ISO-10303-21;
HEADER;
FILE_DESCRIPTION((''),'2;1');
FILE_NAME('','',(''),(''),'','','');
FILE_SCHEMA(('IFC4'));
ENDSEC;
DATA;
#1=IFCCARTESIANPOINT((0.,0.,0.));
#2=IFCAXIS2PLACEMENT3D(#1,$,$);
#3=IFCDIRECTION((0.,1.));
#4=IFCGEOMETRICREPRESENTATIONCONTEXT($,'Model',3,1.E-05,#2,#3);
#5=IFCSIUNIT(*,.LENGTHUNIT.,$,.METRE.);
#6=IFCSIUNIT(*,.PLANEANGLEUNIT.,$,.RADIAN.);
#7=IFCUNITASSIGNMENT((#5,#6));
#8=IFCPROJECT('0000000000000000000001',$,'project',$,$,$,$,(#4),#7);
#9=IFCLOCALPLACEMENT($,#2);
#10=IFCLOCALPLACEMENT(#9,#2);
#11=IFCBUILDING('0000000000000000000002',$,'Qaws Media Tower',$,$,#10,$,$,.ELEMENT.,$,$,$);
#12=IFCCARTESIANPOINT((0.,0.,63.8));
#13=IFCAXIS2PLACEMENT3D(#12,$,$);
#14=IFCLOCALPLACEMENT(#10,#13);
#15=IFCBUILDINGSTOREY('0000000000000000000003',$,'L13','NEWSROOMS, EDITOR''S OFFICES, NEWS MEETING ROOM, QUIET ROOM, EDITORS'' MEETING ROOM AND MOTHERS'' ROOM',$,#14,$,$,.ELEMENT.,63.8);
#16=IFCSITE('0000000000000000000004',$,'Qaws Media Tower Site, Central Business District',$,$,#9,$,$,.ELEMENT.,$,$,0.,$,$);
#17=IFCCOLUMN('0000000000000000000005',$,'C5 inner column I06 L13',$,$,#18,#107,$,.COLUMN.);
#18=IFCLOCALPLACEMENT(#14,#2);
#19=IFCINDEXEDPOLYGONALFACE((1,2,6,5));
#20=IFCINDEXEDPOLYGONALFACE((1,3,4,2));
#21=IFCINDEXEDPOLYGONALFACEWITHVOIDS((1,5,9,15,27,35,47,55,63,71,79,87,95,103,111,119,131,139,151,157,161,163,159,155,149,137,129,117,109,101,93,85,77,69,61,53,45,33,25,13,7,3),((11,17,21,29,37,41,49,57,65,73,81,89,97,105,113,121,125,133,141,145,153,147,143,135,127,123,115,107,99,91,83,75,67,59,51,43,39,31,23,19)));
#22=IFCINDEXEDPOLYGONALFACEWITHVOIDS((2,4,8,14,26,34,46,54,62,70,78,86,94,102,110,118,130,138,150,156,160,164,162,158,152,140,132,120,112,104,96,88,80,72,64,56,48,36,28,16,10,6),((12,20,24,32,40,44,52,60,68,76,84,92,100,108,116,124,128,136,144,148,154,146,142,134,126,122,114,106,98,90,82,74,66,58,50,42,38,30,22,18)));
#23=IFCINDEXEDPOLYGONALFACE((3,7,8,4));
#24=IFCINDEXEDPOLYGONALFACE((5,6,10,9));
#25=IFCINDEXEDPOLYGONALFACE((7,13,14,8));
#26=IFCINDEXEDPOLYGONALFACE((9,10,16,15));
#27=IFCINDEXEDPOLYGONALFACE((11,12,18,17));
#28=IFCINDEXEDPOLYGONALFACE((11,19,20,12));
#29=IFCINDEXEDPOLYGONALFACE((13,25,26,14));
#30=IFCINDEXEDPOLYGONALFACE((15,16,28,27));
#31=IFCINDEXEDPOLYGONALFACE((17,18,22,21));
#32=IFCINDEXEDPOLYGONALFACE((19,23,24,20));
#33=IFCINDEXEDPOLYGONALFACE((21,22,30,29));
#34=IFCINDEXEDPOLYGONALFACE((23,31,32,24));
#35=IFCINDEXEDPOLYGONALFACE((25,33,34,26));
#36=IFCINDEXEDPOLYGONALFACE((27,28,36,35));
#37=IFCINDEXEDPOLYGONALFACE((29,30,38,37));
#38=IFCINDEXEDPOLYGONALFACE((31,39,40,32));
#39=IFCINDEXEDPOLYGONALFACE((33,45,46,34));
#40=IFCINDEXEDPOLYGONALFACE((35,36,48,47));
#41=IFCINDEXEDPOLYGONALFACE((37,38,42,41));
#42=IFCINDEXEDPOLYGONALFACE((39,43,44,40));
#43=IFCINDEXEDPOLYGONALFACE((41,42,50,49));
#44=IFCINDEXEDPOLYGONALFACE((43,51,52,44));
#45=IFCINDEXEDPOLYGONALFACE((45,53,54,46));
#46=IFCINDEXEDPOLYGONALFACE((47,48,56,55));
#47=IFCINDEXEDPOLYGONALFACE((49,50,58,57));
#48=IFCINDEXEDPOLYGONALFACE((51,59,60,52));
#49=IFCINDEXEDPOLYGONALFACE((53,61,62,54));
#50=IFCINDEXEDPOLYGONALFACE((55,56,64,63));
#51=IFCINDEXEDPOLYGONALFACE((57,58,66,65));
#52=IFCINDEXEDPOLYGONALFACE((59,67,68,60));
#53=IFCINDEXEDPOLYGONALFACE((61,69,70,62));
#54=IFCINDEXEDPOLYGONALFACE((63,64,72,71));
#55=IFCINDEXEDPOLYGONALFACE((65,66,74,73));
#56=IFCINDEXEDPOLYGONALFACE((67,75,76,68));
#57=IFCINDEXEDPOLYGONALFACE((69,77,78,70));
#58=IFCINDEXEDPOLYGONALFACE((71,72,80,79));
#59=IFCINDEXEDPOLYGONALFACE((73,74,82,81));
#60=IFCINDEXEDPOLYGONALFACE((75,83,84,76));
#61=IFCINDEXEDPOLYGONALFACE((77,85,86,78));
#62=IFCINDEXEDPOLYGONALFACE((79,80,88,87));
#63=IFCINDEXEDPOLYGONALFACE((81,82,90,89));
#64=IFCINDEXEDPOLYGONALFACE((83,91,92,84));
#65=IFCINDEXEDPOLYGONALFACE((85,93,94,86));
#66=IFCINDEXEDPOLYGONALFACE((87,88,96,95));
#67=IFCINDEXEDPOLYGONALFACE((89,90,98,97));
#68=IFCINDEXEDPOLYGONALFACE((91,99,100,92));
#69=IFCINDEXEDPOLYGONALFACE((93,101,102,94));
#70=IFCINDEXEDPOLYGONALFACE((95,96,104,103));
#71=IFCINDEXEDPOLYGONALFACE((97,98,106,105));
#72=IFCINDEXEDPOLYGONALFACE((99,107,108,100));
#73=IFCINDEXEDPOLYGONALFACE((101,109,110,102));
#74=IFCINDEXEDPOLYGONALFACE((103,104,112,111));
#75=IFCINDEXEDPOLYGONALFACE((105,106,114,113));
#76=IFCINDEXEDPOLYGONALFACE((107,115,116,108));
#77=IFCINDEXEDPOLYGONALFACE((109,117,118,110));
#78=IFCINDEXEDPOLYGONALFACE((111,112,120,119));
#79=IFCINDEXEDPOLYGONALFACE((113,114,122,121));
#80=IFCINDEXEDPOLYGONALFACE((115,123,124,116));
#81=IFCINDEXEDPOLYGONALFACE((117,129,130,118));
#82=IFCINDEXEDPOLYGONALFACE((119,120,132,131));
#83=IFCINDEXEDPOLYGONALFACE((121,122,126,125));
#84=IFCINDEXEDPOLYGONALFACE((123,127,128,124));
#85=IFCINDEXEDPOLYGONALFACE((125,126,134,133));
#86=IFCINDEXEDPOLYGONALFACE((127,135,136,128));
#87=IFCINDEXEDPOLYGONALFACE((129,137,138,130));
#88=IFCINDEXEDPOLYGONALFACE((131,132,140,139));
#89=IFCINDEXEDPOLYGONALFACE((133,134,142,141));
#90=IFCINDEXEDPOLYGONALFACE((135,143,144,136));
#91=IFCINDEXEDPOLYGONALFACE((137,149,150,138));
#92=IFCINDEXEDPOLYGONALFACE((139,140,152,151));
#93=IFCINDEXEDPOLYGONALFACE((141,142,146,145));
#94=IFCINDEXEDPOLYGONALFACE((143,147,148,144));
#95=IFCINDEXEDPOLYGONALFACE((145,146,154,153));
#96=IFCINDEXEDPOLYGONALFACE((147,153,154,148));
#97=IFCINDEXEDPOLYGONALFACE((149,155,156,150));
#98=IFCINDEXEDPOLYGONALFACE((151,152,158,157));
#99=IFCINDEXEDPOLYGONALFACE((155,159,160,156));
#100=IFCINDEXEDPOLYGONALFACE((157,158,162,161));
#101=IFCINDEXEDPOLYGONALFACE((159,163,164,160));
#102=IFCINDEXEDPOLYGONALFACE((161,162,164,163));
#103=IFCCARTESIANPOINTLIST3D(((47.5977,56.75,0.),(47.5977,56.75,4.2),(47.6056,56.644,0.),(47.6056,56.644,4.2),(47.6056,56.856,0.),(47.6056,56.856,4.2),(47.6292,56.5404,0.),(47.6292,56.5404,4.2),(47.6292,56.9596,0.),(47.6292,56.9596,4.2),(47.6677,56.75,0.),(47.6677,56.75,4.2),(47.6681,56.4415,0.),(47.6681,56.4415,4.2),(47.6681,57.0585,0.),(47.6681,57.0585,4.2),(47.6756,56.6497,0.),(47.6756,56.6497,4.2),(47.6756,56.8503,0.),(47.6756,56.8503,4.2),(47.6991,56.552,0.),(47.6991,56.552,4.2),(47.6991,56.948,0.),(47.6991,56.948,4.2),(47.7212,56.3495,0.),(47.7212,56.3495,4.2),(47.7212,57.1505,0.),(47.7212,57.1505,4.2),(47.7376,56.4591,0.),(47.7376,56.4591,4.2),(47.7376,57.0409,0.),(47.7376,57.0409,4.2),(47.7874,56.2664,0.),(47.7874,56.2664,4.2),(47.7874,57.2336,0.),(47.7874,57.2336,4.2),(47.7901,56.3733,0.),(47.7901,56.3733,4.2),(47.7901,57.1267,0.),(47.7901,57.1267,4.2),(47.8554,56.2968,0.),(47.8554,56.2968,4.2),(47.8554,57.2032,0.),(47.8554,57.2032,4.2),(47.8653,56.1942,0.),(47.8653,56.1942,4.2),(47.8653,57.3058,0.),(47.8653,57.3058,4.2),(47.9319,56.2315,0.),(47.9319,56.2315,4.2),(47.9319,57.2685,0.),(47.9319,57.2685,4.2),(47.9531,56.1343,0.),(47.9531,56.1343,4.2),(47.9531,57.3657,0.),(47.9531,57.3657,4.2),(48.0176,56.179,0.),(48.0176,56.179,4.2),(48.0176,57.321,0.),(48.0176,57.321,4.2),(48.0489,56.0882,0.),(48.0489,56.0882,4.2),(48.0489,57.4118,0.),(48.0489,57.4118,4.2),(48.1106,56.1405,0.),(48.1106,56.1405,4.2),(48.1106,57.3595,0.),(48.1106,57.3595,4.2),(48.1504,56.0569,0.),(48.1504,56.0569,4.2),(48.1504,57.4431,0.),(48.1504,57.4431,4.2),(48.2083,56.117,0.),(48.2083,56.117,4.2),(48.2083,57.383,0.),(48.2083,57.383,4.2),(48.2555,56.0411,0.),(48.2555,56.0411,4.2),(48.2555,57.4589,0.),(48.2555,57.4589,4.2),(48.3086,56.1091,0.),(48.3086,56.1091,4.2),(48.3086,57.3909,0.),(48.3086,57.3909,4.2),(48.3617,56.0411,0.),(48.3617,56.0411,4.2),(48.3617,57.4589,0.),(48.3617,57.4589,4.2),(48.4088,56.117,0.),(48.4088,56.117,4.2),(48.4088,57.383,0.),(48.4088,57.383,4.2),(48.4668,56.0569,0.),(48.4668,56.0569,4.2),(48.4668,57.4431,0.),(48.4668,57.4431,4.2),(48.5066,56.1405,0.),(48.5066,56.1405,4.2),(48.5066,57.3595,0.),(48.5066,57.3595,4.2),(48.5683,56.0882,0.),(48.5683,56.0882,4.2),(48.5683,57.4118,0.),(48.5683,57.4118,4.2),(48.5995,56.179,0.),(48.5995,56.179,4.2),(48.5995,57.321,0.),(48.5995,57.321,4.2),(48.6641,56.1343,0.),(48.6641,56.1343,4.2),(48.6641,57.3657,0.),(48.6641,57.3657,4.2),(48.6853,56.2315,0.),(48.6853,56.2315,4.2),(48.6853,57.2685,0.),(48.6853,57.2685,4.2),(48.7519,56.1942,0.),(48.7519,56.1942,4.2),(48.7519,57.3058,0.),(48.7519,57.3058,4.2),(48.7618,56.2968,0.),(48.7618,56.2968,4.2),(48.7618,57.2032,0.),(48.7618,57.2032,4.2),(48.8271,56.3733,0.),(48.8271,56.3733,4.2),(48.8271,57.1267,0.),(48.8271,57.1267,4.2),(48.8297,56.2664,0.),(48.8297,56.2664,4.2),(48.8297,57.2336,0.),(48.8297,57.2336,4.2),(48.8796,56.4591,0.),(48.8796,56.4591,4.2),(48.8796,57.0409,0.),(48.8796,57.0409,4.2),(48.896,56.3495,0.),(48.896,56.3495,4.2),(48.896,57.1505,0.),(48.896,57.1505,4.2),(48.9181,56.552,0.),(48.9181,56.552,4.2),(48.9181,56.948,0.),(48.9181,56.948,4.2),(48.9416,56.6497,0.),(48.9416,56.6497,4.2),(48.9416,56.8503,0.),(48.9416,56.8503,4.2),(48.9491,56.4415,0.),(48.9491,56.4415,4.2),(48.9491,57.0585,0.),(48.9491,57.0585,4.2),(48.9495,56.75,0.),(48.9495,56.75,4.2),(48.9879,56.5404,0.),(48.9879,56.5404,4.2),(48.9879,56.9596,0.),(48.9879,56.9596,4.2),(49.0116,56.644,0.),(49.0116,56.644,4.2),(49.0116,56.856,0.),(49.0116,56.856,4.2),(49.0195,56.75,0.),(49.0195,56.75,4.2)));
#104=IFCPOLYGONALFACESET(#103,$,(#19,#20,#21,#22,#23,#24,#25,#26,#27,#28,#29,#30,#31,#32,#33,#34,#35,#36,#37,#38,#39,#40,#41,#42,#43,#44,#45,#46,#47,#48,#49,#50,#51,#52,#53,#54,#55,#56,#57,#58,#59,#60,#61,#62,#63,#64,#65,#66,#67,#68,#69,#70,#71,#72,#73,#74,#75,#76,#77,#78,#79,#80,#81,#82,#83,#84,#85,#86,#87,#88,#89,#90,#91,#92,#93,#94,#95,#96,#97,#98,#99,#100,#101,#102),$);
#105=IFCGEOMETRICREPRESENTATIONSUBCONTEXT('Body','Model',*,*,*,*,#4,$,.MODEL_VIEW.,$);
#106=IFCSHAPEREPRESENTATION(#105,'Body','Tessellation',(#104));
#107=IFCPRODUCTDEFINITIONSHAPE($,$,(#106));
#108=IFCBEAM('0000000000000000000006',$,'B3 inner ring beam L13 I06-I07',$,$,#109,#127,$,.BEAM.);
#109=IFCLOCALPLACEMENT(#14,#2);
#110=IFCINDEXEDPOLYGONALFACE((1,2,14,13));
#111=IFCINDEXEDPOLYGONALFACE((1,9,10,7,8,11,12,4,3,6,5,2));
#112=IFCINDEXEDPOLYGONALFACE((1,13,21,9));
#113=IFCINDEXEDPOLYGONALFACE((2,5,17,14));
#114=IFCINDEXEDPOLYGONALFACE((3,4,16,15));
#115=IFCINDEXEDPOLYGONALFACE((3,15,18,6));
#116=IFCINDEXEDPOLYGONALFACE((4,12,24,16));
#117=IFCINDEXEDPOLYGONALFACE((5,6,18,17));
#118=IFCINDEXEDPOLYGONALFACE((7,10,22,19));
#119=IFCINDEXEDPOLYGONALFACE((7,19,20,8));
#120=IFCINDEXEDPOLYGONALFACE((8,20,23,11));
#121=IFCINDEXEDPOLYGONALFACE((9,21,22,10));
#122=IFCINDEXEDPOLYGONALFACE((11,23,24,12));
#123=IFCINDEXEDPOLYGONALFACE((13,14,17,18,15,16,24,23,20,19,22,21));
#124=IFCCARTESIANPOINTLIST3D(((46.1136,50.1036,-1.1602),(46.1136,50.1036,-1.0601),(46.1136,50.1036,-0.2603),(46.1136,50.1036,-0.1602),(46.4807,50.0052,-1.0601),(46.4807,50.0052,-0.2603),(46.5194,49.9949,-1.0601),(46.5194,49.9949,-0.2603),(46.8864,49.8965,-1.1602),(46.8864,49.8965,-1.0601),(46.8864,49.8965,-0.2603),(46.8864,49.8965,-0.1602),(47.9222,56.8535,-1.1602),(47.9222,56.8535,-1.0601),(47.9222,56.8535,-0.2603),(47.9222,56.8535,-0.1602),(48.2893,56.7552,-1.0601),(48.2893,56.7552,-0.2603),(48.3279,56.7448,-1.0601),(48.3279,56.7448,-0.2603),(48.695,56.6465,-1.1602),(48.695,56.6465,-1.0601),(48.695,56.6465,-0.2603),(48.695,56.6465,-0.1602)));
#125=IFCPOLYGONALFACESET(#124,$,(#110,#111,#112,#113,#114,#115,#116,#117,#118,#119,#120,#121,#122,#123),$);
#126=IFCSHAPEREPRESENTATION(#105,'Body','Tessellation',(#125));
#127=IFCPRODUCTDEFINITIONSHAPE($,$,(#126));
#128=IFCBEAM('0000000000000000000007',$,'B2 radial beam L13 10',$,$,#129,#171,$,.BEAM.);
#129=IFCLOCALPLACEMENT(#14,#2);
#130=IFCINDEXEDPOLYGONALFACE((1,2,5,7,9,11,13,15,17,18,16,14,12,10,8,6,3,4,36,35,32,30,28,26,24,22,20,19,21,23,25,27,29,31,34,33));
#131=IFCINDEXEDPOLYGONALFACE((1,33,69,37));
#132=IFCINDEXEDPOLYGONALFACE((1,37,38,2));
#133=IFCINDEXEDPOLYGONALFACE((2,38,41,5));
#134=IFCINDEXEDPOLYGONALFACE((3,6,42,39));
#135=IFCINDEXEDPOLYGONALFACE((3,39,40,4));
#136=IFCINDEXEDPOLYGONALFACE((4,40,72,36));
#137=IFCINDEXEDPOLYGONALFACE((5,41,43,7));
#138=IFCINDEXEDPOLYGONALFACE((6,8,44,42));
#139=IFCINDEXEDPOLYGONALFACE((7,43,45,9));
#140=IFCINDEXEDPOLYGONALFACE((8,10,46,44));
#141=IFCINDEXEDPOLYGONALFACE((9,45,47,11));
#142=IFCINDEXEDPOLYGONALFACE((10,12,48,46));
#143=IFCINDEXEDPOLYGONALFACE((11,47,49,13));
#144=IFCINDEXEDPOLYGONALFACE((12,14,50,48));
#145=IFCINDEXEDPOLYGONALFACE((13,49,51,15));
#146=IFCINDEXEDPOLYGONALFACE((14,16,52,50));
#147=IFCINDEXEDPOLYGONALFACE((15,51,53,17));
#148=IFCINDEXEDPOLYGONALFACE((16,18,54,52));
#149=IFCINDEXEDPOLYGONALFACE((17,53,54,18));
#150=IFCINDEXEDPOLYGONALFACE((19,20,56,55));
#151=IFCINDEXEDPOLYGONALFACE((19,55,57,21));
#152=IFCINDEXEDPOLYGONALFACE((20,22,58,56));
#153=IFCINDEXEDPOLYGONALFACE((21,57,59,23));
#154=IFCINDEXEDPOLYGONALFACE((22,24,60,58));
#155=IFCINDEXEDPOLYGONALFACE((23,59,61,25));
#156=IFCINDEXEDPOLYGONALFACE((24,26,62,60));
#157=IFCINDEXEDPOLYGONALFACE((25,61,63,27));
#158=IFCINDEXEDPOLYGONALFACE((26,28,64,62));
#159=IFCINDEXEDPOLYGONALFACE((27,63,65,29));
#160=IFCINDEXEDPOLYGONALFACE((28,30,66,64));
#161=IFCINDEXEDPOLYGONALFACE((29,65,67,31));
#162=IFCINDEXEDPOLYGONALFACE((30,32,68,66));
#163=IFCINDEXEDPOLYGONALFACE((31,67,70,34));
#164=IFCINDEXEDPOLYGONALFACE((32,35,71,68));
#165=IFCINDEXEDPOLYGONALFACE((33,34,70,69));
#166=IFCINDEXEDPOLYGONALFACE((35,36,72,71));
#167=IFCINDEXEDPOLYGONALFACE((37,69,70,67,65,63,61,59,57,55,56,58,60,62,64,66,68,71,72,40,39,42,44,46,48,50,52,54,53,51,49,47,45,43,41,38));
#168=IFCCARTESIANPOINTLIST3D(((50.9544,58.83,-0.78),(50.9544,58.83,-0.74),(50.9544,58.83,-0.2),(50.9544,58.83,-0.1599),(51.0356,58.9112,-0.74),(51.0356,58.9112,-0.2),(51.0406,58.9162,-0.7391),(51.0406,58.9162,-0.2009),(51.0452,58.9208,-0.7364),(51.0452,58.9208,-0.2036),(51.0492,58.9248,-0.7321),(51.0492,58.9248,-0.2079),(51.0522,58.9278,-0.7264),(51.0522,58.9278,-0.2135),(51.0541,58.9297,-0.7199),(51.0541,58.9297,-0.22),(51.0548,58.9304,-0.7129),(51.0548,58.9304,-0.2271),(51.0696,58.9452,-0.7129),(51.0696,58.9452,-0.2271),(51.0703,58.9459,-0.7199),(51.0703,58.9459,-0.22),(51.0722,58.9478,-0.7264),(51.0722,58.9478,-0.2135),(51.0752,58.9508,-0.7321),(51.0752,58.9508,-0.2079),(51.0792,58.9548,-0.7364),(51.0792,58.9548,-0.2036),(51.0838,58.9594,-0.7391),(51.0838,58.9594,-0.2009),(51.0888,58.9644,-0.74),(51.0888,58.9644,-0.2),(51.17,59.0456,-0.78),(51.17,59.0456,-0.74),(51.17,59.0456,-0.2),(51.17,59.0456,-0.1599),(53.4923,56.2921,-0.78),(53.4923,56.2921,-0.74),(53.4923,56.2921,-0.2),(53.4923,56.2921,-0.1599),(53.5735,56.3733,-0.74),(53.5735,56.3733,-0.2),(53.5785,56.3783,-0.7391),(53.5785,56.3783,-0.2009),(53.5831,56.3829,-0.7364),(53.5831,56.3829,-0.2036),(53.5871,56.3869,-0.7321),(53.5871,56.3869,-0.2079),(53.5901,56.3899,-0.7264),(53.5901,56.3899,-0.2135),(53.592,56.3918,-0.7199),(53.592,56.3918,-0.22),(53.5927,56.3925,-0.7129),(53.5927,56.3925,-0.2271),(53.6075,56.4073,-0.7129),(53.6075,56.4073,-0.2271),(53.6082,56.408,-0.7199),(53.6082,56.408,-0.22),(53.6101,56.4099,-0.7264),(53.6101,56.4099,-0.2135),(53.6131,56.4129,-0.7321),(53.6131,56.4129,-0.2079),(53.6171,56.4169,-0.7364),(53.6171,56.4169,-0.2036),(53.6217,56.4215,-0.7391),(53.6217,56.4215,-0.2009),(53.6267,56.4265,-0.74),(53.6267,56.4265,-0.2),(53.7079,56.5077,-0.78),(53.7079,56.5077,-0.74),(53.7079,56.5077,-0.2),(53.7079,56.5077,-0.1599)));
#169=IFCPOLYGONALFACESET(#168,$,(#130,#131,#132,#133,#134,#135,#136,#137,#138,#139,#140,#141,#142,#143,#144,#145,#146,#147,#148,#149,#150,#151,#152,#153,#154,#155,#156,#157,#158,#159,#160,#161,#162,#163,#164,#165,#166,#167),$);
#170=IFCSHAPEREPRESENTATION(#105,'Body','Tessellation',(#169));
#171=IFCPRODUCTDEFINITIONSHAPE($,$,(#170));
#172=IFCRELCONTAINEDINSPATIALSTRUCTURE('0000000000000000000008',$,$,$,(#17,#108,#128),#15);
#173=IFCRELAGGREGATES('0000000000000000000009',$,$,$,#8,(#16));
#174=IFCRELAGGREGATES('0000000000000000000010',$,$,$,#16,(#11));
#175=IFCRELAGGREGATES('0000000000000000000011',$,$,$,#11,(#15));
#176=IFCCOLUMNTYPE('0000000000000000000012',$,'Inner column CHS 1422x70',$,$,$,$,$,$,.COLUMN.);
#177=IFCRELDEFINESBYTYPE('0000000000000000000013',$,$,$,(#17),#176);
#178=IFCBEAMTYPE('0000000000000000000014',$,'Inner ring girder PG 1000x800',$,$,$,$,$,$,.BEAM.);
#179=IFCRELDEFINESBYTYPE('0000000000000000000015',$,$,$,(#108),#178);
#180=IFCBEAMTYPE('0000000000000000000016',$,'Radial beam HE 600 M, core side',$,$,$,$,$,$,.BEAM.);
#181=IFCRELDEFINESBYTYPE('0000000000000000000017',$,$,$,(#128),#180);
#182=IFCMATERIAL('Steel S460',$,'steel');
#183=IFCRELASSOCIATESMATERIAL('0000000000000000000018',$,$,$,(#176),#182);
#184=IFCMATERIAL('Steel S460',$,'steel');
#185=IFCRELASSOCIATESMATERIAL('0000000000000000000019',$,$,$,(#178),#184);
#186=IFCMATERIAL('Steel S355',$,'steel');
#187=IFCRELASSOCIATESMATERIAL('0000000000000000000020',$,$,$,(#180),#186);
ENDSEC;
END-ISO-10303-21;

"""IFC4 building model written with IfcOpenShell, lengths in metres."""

from ifc_helpers import new_model, si_unit, direction, frame, origin, origin_2d, place, context, subcontext, project, spatial, hollow_circle, i_section, extrude, material, material_profile, profile_set, type_object, element, save


model = new_model("IFC4")

# Units and contexts
model_context = context("Model", 3, precision=1e-05, world=origin(), true_north=direction((0.0, 1.0)))
body_context = subcontext(model_context, "Body", "Model", "MODEL_VIEW")
ifc_project = project(units=[si_unit("LENGTHUNIT", "METRE"), si_unit("PLANEANGLEUNIT", "RADIAN")], contexts=[model_context])

# Site, building, storey
site_placement = place(None, origin())
site = spatial("IfcSite", under=ifc_project, at=site_placement, Name="Qaws Media Tower Site, Central Business District", CompositionType="ELEMENT", RefElevation=0.0)
building_placement = place(site_placement, origin())
building = spatial("IfcBuilding", under=site, at=building_placement, Name="Qaws Media Tower", CompositionType="ELEMENT")
storey_placement = place(building_placement, frame((0.0, 0.0, 63.8)))
storey = spatial("IfcBuildingStorey", under=building, at=storey_placement, Name="L13", Description="NEWSROOMS, EDITOR'S OFFICES, NEWS MEETING ROOM, QUIET ROOM, EDITORS' MEETING ROOM AND MOTHERS' ROOM", CompositionType="ELEMENT", Elevation=63.8)

# Column
ifc_material_1 = material(Name="Steel S460", Category="steel")
ifc_material_profile_1 = material_profile(ifc_material_1, hollow_circle(Radius=0.7109, WallThickness=0.0701, at=origin_2d()), Name="CHS 1422x70")
ifc_profile_set_1 = profile_set([ifc_material_profile_1], Name="Steel S460")
column_type = type_object("IfcColumnType", Name="Inner column CHS 1422x70", PredefinedType="COLUMN", material=ifc_profile_set_1)
column_placement = place(storey_placement, frame((48.3086, 56.75, 0.0), z_axis=(0.0, 0.0, 1.0), x_axis=(1.0, 0.0, 0.0)))
element("IfcColumn", 1, at=column_placement, inside=storey, type_object=column_type, Name="C5 inner column I06 L13", PredefinedType="COLUMN", context=body_context, shape_type="SweptSolid", body=[
    extrude(hollow_circle(Radius=0.7109, WallThickness=0.0701, at=origin_2d()), origin(), (0.0, 0.0, 1.0), 4.2),
])

# Beams
ifc_material_2 = material(Name="Steel S460", Category="steel")
ifc_material_profile_2 = material_profile(ifc_material_2, i_section(OverallWidth=0.8, OverallDepth=1.0, WebThickness=0.04, FlangeThickness=0.1001, at=origin_2d()), Name="PG 1000x800")
ifc_profile_set_2 = profile_set([ifc_material_profile_2], Name="Steel S460")
beam_type_1 = type_object("IfcBeamType", Name="Inner ring girder PG 1000x800", PredefinedType="BEAM", material=ifc_profile_set_2)
beam_1_placement = place(storey_placement, frame((48.3086, 56.75, -0.6602), z_axis=(-0.258811, -0.965928, 0.0), x_axis=(0.965928, -0.258811, 0.0)))
element("IfcBeam", 2, at=beam_1_placement, inside=storey, type_object=beam_type_1, Name="B3 inner ring beam L13 I06-I07", PredefinedType="BEAM", context=body_context, shape_type="SweptSolid", body=[
    extrude(i_section(OverallWidth=0.8, OverallDepth=1.0, WebThickness=0.04, FlangeThickness=0.1001, at=origin_2d()), origin(), (0.0, 0.0, 1.0), 6.988),
])
ifc_material_3 = material(Name="Steel S355", Category="steel")
ifc_material_profile_3 = material_profile(ifc_material_3, i_section(OverallWidth=0.3049, OverallDepth=0.6201, WebThickness=0.021, FlangeThickness=0.04, FilletRadius=0.0271, at=origin_2d()), Name="HE 600 M")
ifc_profile_set_3 = profile_set([ifc_material_profile_3], Name="Steel S355")
beam_type_2 = type_object("IfcBeamType", Name="Radial beam HE 600 M, core side", PredefinedType="BEAM", material=ifc_profile_set_3)
beam_2_placement = place(storey_placement, frame((53.6001, 56.3999, -0.47), z_axis=(-0.707107, 0.707107, 0.0), x_axis=(-0.707107, -0.707107, 0.0)))
element("IfcBeam", 3, at=beam_2_placement, inside=storey, type_object=beam_type_2, Name="B2 radial beam L13 10", PredefinedType="BEAM", context=body_context, shape_type="SweptSolid", body=[
    extrude(i_section(OverallWidth=0.3049, OverallDepth=0.6201, WebThickness=0.021, FlangeThickness=0.04, FilletRadius=0.0271, at=origin_2d()), origin(), (0.0, 0.0, 1.0), 3.5891),
])

save(model, "model.ifc")
